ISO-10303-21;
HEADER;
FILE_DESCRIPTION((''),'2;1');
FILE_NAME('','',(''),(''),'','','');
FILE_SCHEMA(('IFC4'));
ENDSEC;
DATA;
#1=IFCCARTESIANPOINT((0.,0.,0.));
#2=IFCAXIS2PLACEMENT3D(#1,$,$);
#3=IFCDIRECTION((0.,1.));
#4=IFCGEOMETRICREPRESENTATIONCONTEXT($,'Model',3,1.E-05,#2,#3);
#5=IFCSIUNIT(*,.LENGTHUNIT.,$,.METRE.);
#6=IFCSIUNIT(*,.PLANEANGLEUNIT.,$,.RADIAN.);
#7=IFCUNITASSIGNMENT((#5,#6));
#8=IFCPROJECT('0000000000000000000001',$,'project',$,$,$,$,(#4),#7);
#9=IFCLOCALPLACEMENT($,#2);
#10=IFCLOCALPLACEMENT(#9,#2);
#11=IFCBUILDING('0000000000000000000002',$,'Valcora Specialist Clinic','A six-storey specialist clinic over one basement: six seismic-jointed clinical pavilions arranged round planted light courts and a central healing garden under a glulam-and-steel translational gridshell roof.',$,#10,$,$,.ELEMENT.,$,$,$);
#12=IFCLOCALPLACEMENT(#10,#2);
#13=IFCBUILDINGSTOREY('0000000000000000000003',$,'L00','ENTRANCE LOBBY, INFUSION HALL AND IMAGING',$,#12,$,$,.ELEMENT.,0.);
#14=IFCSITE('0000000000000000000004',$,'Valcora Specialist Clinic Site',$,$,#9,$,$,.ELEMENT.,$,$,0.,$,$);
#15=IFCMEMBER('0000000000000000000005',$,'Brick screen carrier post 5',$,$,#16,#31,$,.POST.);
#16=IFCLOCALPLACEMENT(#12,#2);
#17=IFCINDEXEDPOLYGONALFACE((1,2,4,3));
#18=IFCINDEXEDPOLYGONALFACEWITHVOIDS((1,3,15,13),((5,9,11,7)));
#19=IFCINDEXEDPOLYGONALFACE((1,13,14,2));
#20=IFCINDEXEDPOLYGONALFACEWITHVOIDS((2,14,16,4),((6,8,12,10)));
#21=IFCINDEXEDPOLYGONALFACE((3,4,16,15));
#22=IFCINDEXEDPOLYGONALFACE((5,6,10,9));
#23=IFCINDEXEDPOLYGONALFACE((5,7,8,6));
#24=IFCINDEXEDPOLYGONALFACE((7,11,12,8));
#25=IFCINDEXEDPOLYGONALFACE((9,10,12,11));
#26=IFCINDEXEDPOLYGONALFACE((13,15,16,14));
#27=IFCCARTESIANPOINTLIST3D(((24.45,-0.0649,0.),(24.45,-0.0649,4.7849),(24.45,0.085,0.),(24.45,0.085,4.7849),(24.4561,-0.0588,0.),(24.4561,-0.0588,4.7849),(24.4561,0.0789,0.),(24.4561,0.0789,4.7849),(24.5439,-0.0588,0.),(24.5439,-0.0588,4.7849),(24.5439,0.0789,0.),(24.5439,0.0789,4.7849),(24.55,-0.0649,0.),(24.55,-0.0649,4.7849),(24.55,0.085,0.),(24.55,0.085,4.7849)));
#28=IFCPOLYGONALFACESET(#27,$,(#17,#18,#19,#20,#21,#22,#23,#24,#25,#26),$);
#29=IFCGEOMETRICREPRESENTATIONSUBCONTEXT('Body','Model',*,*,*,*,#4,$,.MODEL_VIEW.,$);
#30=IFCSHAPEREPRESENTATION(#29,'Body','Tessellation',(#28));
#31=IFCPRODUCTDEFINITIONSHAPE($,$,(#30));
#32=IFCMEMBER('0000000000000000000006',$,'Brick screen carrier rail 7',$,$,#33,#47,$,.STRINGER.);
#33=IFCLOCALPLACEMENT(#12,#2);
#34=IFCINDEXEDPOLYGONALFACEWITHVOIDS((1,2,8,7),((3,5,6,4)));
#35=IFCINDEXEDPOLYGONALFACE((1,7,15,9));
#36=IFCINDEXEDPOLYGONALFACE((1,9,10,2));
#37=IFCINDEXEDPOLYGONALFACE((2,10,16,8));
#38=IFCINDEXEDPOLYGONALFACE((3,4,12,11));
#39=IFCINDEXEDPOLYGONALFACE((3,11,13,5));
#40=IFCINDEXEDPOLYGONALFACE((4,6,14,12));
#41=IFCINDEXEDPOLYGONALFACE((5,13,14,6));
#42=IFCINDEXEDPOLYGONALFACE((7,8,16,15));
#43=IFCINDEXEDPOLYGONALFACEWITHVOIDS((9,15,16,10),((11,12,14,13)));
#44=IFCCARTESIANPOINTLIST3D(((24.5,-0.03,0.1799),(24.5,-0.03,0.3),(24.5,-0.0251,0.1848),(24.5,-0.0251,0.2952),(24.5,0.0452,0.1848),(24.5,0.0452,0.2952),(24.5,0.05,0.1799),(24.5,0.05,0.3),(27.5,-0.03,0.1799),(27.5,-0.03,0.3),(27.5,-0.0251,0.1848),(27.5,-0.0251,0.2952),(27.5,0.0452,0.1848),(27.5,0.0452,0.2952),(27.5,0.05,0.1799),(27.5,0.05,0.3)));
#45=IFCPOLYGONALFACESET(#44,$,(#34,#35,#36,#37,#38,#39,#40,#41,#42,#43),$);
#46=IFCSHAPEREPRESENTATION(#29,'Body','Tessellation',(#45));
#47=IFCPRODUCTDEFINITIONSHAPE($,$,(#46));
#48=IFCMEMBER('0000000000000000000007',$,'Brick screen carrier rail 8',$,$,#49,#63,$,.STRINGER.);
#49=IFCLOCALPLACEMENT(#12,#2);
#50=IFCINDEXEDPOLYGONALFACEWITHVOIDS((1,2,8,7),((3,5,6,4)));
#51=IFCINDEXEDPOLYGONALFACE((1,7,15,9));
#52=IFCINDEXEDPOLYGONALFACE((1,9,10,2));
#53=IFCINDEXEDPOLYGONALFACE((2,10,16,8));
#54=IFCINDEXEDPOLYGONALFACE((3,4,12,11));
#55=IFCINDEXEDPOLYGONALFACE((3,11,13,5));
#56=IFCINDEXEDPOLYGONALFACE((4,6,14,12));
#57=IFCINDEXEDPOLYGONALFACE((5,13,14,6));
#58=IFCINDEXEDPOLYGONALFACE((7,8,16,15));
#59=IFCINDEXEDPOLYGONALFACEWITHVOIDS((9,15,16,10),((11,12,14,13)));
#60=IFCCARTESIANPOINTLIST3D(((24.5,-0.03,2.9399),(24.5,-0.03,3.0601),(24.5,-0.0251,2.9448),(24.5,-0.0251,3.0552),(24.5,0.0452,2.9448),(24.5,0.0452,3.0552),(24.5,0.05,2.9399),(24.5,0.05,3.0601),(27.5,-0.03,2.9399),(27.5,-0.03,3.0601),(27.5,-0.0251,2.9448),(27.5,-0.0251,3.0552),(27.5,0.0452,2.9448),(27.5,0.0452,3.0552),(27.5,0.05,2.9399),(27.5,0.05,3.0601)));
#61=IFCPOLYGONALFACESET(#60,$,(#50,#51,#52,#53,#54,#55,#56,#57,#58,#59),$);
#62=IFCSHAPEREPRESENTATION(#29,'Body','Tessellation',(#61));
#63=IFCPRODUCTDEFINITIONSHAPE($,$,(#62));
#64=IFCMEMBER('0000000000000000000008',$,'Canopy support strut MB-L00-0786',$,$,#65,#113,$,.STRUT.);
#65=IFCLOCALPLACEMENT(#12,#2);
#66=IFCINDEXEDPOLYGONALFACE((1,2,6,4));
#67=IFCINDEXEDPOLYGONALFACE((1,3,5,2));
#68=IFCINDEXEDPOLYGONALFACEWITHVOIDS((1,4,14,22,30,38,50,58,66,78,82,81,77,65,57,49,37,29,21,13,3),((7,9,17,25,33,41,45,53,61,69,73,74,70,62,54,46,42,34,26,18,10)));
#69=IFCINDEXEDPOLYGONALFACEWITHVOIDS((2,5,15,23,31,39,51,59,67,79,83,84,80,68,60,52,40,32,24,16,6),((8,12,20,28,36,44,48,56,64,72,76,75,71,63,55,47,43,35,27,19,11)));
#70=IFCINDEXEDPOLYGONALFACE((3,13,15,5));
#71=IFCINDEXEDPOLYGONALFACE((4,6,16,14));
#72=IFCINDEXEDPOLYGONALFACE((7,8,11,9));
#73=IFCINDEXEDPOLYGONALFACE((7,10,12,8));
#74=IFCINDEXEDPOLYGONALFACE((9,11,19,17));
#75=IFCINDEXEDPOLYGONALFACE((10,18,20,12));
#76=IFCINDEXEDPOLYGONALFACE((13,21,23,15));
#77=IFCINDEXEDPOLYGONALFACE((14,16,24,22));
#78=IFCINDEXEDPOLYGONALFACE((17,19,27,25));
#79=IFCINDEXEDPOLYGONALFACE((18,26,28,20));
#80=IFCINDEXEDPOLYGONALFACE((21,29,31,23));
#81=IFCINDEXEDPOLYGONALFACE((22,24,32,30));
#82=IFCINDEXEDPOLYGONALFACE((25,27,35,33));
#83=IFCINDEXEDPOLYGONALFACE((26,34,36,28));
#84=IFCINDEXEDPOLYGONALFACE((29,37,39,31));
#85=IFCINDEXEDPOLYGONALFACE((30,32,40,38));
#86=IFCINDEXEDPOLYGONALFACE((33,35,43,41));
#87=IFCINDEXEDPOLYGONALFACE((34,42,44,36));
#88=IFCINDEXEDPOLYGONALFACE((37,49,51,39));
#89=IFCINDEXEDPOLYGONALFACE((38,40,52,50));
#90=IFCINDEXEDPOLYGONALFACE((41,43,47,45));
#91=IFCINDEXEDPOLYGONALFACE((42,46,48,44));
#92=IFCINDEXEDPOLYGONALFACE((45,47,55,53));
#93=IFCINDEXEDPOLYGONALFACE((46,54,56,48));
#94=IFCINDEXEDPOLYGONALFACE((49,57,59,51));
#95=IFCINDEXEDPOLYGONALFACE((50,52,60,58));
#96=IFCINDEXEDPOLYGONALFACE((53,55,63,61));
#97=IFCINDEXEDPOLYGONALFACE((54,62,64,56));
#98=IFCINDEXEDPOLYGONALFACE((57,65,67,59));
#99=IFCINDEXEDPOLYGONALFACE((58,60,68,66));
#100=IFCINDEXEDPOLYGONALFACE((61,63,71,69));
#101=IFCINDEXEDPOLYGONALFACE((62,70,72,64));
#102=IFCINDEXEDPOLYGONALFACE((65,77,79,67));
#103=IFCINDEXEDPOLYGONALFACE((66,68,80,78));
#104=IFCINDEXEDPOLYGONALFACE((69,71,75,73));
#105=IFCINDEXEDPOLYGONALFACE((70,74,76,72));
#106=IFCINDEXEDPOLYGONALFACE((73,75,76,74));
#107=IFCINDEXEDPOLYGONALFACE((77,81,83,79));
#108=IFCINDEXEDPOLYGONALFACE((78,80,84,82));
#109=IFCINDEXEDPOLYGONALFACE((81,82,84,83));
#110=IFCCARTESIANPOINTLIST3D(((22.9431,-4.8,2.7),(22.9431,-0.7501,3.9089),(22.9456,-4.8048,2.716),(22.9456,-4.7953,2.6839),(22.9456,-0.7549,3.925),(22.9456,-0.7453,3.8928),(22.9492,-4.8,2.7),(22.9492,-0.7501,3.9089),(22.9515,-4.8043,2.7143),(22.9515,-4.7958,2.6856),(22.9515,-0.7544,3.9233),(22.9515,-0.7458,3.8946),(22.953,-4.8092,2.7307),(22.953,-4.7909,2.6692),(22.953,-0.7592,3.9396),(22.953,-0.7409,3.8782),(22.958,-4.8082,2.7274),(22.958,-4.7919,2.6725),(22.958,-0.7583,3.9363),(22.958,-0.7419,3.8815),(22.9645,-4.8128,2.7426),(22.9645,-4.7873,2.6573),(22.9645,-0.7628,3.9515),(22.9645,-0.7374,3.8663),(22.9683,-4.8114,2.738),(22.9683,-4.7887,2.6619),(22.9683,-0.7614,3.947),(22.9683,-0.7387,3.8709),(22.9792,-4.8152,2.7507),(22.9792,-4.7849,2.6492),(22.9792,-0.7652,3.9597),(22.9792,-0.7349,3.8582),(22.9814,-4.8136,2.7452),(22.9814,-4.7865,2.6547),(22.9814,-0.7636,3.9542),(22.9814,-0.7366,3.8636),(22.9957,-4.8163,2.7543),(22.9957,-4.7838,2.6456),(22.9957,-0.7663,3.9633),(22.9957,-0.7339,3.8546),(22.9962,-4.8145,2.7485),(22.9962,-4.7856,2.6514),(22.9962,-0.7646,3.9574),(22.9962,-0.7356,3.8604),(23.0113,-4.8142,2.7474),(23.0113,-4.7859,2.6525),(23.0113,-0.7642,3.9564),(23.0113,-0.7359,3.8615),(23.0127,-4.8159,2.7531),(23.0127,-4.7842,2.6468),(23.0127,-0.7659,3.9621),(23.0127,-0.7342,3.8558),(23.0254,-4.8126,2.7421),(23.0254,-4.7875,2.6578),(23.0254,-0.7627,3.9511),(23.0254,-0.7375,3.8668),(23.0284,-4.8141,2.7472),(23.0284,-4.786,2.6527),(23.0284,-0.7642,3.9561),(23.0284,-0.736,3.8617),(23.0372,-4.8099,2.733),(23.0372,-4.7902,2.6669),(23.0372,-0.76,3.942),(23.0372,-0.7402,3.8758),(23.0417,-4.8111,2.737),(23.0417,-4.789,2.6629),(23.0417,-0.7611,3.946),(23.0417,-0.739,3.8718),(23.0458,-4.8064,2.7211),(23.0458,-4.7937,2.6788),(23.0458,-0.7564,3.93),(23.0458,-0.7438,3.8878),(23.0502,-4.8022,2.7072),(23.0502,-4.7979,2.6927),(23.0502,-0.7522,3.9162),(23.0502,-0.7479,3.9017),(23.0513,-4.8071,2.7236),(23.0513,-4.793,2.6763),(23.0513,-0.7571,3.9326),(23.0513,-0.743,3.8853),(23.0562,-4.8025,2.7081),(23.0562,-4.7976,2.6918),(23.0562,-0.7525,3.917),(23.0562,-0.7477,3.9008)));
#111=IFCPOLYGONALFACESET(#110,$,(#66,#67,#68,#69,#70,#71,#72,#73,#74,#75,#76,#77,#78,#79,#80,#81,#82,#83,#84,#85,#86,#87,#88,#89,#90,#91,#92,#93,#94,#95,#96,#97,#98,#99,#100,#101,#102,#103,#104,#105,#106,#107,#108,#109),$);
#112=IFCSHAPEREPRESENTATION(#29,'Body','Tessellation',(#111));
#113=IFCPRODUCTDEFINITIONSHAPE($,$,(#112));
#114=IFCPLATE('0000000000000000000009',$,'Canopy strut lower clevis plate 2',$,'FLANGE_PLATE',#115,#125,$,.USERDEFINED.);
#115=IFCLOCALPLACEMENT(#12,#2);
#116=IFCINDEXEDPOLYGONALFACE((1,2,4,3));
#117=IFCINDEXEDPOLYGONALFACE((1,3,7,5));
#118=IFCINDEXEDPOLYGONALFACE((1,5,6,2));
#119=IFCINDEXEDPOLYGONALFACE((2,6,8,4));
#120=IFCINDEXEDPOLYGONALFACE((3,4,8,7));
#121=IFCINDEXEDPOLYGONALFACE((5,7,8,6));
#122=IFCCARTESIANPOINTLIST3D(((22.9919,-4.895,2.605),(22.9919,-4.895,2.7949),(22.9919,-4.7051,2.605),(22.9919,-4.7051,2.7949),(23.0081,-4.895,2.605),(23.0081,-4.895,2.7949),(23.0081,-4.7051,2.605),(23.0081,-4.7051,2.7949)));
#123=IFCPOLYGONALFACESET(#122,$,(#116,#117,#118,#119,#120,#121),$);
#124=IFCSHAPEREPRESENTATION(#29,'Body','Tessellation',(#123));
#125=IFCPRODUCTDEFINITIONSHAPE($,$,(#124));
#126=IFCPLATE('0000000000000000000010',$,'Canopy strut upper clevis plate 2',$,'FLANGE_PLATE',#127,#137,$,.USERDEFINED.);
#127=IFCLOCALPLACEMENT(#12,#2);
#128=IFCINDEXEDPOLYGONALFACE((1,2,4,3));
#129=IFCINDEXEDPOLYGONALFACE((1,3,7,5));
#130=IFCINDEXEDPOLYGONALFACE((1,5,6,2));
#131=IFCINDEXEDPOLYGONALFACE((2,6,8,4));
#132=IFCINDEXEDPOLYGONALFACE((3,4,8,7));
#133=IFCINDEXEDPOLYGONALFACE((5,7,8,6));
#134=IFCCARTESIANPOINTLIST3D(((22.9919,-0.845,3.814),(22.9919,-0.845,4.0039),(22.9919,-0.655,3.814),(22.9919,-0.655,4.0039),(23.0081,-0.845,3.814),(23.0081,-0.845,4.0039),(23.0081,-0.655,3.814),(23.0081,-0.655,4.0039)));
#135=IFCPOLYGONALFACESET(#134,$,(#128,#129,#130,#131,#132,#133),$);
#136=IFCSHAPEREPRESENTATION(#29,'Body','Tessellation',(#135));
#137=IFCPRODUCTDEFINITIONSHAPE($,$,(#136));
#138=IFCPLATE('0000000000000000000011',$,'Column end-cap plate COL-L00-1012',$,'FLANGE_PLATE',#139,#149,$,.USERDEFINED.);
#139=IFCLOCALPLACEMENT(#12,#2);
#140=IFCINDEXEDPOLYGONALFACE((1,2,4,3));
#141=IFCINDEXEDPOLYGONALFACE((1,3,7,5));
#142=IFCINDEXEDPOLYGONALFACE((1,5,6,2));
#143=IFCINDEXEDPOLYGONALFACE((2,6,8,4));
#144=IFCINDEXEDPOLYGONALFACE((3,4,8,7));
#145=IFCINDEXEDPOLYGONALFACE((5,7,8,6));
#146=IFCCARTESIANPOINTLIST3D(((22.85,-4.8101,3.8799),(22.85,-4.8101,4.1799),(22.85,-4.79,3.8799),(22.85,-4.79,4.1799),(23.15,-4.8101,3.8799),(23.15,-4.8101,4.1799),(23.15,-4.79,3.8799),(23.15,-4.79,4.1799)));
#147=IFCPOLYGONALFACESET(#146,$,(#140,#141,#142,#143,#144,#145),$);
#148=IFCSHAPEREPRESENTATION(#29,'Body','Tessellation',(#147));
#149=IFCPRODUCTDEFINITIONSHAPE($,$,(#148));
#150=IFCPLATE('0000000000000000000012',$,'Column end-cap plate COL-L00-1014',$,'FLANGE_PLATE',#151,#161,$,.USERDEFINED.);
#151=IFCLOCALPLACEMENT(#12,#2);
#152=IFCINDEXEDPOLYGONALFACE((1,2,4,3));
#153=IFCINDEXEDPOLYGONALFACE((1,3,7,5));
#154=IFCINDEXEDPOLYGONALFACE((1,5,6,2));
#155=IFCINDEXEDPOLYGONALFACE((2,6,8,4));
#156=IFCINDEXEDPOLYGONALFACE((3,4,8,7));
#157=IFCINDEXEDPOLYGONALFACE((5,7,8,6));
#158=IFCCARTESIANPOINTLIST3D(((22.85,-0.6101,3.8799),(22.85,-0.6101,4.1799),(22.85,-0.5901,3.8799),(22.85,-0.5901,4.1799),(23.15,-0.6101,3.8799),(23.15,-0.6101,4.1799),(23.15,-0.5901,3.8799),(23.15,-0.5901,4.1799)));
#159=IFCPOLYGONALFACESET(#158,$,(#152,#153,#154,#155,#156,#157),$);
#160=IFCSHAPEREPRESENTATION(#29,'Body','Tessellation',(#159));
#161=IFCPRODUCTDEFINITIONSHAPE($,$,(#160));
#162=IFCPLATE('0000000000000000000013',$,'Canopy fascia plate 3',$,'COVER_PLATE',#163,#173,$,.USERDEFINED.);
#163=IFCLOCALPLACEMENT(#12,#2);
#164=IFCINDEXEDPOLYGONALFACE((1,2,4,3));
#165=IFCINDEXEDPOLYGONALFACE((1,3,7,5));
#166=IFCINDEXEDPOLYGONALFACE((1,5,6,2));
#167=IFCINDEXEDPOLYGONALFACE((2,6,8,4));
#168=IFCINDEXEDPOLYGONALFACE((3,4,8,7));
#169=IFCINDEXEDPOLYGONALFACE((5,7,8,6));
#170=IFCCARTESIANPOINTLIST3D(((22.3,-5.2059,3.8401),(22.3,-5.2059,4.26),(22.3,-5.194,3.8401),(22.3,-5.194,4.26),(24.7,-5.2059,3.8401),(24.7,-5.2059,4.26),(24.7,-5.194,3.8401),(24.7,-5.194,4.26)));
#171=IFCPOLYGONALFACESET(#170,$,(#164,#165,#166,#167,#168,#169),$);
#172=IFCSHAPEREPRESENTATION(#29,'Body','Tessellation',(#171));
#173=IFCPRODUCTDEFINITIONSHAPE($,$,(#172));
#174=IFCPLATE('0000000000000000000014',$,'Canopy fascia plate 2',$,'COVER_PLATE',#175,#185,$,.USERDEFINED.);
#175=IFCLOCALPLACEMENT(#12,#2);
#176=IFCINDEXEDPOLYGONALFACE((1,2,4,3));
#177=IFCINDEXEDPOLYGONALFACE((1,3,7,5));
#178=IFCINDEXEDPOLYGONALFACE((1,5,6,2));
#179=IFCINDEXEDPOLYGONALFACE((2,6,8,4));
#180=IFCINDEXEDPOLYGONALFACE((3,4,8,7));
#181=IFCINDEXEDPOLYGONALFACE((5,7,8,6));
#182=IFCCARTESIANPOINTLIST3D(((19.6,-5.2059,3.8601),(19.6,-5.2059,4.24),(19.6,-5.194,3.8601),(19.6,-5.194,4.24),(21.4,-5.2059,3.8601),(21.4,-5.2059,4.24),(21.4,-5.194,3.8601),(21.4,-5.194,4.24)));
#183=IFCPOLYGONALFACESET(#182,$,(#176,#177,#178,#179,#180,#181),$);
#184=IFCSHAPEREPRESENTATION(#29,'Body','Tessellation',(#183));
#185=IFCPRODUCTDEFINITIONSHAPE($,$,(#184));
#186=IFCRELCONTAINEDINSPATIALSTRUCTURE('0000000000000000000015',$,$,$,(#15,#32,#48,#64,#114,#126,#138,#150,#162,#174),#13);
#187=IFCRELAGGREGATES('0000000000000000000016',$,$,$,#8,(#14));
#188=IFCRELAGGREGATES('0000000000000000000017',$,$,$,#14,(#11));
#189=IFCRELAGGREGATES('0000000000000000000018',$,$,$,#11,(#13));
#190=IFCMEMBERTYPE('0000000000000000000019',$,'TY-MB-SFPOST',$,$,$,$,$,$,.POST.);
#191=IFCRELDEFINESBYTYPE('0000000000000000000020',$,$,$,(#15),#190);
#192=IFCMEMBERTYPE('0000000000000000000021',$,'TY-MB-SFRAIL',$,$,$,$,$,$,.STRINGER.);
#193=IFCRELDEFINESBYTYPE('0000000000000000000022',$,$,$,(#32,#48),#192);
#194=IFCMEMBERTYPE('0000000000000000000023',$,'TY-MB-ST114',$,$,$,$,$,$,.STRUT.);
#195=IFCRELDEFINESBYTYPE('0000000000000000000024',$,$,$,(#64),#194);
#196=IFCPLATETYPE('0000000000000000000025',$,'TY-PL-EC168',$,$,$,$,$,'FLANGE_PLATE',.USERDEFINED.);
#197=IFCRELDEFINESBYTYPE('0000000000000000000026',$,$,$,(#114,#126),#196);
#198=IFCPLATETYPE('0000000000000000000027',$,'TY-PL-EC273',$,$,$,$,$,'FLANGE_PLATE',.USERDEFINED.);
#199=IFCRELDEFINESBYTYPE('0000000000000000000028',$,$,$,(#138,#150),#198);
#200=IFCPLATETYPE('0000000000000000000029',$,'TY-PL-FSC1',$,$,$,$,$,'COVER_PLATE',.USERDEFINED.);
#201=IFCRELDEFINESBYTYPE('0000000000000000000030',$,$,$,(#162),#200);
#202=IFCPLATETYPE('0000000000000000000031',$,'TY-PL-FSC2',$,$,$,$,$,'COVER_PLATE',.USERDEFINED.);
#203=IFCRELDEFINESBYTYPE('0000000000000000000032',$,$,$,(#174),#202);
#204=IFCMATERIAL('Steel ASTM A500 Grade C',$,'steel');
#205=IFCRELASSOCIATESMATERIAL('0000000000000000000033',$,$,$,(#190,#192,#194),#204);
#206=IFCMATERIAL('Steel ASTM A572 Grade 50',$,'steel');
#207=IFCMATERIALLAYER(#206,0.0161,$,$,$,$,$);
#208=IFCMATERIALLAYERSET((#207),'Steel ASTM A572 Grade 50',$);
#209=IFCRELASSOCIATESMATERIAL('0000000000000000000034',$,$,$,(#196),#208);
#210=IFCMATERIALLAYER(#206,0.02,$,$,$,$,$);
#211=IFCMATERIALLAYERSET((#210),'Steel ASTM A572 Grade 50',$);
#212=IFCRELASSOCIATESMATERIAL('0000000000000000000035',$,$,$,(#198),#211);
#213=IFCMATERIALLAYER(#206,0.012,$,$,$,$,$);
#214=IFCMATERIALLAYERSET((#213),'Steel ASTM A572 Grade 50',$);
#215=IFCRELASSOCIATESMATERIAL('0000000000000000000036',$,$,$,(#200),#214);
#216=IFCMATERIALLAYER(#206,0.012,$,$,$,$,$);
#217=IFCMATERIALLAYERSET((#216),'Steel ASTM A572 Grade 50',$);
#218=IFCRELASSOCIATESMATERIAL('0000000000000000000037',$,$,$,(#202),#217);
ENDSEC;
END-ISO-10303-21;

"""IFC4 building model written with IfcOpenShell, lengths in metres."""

from ifc_helpers import new_model, si_unit, direction, frame, origin, origin_2d, place, context, subcontext, project, spatial, rectangle, hollow_rectangle, hollow_circle, extrude, material, layer, layer_set, material_profile, profile_set, type_object, element, save


model = new_model("IFC4")

# Units and contexts
model_context = context("Model", 3, precision=1e-05, world=origin(), true_north=direction((0.0, 1.0)))
body_context = subcontext(model_context, "Body", "Model", "MODEL_VIEW")
ifc_project = project(units=[si_unit("LENGTHUNIT", "METRE"), si_unit("PLANEANGLEUNIT", "RADIAN")], contexts=[model_context])

# Site, building, storey
site_placement = place(None, origin())
site = spatial("IfcSite", under=ifc_project, at=site_placement, Name="Valcora Specialist Clinic Site", CompositionType="ELEMENT", RefElevation=0.0)
building_placement = place(site_placement, origin())
building = spatial("IfcBuilding", under=site, at=building_placement, Name="Valcora Specialist Clinic", Description="A six-storey specialist clinic over one basement: six seismic-jointed clinical pavilions arranged round planted light courts and a central healing garden under a glulam-and-steel translational gridshell roof.", CompositionType="ELEMENT")
storey_placement = place(building_placement, origin())
storey = spatial("IfcBuildingStorey", under=building, at=storey_placement, Name="L00", Description="ENTRANCE LOBBY, INFUSION HALL AND IMAGING", CompositionType="ELEMENT", Elevation=0.0)

# Shared definitions
ifc_material_1 = material(Name="Steel ASTM A500 Grade C", Category="steel")

# Members
ifc_material_profile_1 = material_profile(ifc_material_1, hollow_rectangle(XDim=0.1001, YDim=0.1499, WallThickness=0.0061, at=origin_2d()), Name="ST-RHS-150X100X6")
ifc_profile_set_1 = profile_set([ifc_material_profile_1], Name="Steel ASTM A500 Grade C")
member_type_1 = type_object("IfcMemberType", Name="TY-MB-SFPOST", PredefinedType="POST", material=ifc_profile_set_1)
for number, where, z_axis, x_axis, name in (
    (1, (24.5, 0.01, 0.0), (0.0, 0.0, 1.0), (1.0, 0.0, 0.0), "Brick screen carrier post 5"),
):
    element("IfcMember", number, at=place(storey_placement, frame(where, z_axis=z_axis, x_axis=x_axis)), inside=storey, type_object=member_type_1, Name=name, PredefinedType="POST", context=body_context, shape_type="SweptSolid", body=[
        extrude(hollow_rectangle(XDim=0.1001, YDim=0.1499, WallThickness=0.0061, at=origin_2d()), origin(), (0.0, 0.0, 1.0), 4.7849),
    ])
ifc_material_profile_2 = material_profile(ifc_material_1, hollow_rectangle(XDim=0.0801, YDim=0.1201, WallThickness=0.0049, at=origin_2d()), Name="ST-RHS-120X80X5")
ifc_profile_set_2 = profile_set([ifc_material_profile_2], Name="Steel ASTM A500 Grade C")
member_type_2 = type_object("IfcMemberType", Name="TY-MB-SFRAIL", PredefinedType="STRINGER", material=ifc_profile_set_2)
for number, where, z_axis, x_axis, name in (
    (2, (24.5, 0.01, 0.24), (1.0, 0.0, 0.0), (0.0, 1.0, 0.0), "Brick screen carrier rail 7"),
    (3, (24.5, 0.01, 3.0), (1.0, 0.0, 0.0), (0.0, 1.0, 0.0), "Brick screen carrier rail 8"),
):
    element("IfcMember", number, at=place(storey_placement, frame(where, z_axis=z_axis, x_axis=x_axis)), inside=storey, type_object=member_type_2, Name=name, PredefinedType="STRINGER", context=body_context, shape_type="SweptSolid", body=[
        extrude(hollow_rectangle(XDim=0.0801, YDim=0.1201, WallThickness=0.0049, at=origin_2d()), origin(), (0.0, 0.0, 1.0), 3.0),
    ])
ifc_material_profile_3 = material_profile(ifc_material_1, hollow_circle(Radius=0.0569, WallThickness=0.0061, at=origin_2d()), Name="ST-CHS-114X6")
ifc_profile_set_3 = profile_set([ifc_material_profile_3], Name="Steel ASTM A500 Grade C")
member_type_3 = type_object("IfcMemberType", Name="TY-MB-ST114", PredefinedType="STRUT", material=ifc_profile_set_3)
member_placement = place(storey_placement, frame((23.0, -4.8, 2.7), z_axis=(0.0, 0.958218, 0.286039), x_axis=(-1.0, 0.0, 0.0)))
element("IfcMember", 4, at=member_placement, inside=storey, type_object=member_type_3, Name="Canopy support strut MB-L00-0786", PredefinedType="STRUT", context=body_context, shape_type="SweptSolid", body=[
    extrude(hollow_circle(Radius=0.0569, WallThickness=0.0061, at=origin_2d()), origin(), (0.0, 0.0, 1.0), 4.2266),
])

# Plates
ifc_material_2 = material(Name="Steel ASTM A572 Grade 50", Category="steel")
ifc_layer_1 = layer(ifc_material_2, 0.0161)
ifc_layer_set_1 = layer_set([ifc_layer_1], Name="Steel ASTM A572 Grade 50")
plate_type_1 = type_object("IfcPlateType", Name="TY-PL-EC168", ElementType="FLANGE_PLATE", PredefinedType="USERDEFINED", material=ifc_layer_set_1)
for number, where, z_axis, x_axis, name in (
    (5, (23.0, -4.8, 2.605), (0.0, 0.0, 1.0), (0.0, 1.0, 0.0), "Canopy strut lower clevis plate 2"),
    (6, (23.0, -0.75, 3.814), (0.0, 0.0, 1.0), (0.0, 1.0, 0.0), "Canopy strut upper clevis plate 2"),
):
    element("IfcPlate", number, at=place(storey_placement, frame(where, z_axis=z_axis, x_axis=x_axis)), inside=storey, type_object=plate_type_1, Name=name, ObjectType="FLANGE_PLATE", PredefinedType="USERDEFINED", context=body_context, shape_type="SweptSolid", body=[
        extrude(rectangle(XDim=0.1899, YDim=0.0161, at=origin_2d()), origin(), (0.0, 0.0, 1.0), 0.1899),
    ])
ifc_layer_2 = layer(ifc_material_2, 0.02)
ifc_layer_set_2 = layer_set([ifc_layer_2], Name="Steel ASTM A572 Grade 50")
plate_type_2 = type_object("IfcPlateType", Name="TY-PL-EC273", ElementType="FLANGE_PLATE", PredefinedType="USERDEFINED", material=ifc_layer_set_2)
for number, where, z_axis, x_axis, name in (
    (7, (23.0, -4.8, 3.8799), (0.0, 0.0, 1.0), (1.0, 0.0, 0.0), "Column end-cap plate COL-L00-1012"),
    (8, (23.0, -0.6001, 3.8799), (0.0, 0.0, 1.0), (1.0, 0.0, 0.0), "Column end-cap plate COL-L00-1014"),
):
    element("IfcPlate", number, at=place(storey_placement, frame(where, z_axis=z_axis, x_axis=x_axis)), inside=storey, type_object=plate_type_2, Name=name, ObjectType="FLANGE_PLATE", PredefinedType="USERDEFINED", context=body_context, shape_type="SweptSolid", body=[
        extrude(rectangle(XDim=0.3, YDim=0.02, at=origin_2d()), origin(), (0.0, 0.0, 1.0), 0.3),
    ])
ifc_layer_3 = layer(ifc_material_2, 0.012)
ifc_layer_set_3 = layer_set([ifc_layer_3], Name="Steel ASTM A572 Grade 50")
plate_type_3 = type_object("IfcPlateType", Name="TY-PL-FSC1", ElementType="COVER_PLATE", PredefinedType="USERDEFINED", material=ifc_layer_set_3)
plate_placement = place(storey_placement, frame((23.5, -5.2, 3.8401), z_axis=(0.0, 0.0, 1.0), x_axis=(1.0, 0.0, 0.0)))
element("IfcPlate", 9, at=plate_placement, inside=storey, type_object=plate_type_3, Name="Canopy fascia plate 3", ObjectType="COVER_PLATE", PredefinedType="USERDEFINED", context=body_context, shape_type="SweptSolid", body=[
    extrude(rectangle(XDim=2.3999, YDim=0.012, at=origin_2d()), origin(), (0.0, 0.0, 1.0), 0.4199),
])
ifc_layer_4 = layer(ifc_material_2, 0.012)
ifc_layer_set_4 = layer_set([ifc_layer_4], Name="Steel ASTM A572 Grade 50")
plate_type_4 = type_object("IfcPlateType", Name="TY-PL-FSC2", ElementType="COVER_PLATE", PredefinedType="USERDEFINED", material=ifc_layer_set_4)
for number, where, z_axis, x_axis, name in (
    (10, (20.5, -5.2, 3.8601), (0.0, 0.0, 1.0), (1.0, 0.0, 0.0), "Canopy fascia plate 2"),
):
    element("IfcPlate", number, at=place(storey_placement, frame(where, z_axis=z_axis, x_axis=x_axis)), inside=storey, type_object=plate_type_4, Name=name, ObjectType="COVER_PLATE", PredefinedType="USERDEFINED", context=body_context, shape_type="SweptSolid", body=[
        extrude(rectangle(XDim=1.8, YDim=0.012, at=origin_2d()), origin(), (0.0, 0.0, 1.0), 0.3799),
    ])

save(model, "model.ifc")
